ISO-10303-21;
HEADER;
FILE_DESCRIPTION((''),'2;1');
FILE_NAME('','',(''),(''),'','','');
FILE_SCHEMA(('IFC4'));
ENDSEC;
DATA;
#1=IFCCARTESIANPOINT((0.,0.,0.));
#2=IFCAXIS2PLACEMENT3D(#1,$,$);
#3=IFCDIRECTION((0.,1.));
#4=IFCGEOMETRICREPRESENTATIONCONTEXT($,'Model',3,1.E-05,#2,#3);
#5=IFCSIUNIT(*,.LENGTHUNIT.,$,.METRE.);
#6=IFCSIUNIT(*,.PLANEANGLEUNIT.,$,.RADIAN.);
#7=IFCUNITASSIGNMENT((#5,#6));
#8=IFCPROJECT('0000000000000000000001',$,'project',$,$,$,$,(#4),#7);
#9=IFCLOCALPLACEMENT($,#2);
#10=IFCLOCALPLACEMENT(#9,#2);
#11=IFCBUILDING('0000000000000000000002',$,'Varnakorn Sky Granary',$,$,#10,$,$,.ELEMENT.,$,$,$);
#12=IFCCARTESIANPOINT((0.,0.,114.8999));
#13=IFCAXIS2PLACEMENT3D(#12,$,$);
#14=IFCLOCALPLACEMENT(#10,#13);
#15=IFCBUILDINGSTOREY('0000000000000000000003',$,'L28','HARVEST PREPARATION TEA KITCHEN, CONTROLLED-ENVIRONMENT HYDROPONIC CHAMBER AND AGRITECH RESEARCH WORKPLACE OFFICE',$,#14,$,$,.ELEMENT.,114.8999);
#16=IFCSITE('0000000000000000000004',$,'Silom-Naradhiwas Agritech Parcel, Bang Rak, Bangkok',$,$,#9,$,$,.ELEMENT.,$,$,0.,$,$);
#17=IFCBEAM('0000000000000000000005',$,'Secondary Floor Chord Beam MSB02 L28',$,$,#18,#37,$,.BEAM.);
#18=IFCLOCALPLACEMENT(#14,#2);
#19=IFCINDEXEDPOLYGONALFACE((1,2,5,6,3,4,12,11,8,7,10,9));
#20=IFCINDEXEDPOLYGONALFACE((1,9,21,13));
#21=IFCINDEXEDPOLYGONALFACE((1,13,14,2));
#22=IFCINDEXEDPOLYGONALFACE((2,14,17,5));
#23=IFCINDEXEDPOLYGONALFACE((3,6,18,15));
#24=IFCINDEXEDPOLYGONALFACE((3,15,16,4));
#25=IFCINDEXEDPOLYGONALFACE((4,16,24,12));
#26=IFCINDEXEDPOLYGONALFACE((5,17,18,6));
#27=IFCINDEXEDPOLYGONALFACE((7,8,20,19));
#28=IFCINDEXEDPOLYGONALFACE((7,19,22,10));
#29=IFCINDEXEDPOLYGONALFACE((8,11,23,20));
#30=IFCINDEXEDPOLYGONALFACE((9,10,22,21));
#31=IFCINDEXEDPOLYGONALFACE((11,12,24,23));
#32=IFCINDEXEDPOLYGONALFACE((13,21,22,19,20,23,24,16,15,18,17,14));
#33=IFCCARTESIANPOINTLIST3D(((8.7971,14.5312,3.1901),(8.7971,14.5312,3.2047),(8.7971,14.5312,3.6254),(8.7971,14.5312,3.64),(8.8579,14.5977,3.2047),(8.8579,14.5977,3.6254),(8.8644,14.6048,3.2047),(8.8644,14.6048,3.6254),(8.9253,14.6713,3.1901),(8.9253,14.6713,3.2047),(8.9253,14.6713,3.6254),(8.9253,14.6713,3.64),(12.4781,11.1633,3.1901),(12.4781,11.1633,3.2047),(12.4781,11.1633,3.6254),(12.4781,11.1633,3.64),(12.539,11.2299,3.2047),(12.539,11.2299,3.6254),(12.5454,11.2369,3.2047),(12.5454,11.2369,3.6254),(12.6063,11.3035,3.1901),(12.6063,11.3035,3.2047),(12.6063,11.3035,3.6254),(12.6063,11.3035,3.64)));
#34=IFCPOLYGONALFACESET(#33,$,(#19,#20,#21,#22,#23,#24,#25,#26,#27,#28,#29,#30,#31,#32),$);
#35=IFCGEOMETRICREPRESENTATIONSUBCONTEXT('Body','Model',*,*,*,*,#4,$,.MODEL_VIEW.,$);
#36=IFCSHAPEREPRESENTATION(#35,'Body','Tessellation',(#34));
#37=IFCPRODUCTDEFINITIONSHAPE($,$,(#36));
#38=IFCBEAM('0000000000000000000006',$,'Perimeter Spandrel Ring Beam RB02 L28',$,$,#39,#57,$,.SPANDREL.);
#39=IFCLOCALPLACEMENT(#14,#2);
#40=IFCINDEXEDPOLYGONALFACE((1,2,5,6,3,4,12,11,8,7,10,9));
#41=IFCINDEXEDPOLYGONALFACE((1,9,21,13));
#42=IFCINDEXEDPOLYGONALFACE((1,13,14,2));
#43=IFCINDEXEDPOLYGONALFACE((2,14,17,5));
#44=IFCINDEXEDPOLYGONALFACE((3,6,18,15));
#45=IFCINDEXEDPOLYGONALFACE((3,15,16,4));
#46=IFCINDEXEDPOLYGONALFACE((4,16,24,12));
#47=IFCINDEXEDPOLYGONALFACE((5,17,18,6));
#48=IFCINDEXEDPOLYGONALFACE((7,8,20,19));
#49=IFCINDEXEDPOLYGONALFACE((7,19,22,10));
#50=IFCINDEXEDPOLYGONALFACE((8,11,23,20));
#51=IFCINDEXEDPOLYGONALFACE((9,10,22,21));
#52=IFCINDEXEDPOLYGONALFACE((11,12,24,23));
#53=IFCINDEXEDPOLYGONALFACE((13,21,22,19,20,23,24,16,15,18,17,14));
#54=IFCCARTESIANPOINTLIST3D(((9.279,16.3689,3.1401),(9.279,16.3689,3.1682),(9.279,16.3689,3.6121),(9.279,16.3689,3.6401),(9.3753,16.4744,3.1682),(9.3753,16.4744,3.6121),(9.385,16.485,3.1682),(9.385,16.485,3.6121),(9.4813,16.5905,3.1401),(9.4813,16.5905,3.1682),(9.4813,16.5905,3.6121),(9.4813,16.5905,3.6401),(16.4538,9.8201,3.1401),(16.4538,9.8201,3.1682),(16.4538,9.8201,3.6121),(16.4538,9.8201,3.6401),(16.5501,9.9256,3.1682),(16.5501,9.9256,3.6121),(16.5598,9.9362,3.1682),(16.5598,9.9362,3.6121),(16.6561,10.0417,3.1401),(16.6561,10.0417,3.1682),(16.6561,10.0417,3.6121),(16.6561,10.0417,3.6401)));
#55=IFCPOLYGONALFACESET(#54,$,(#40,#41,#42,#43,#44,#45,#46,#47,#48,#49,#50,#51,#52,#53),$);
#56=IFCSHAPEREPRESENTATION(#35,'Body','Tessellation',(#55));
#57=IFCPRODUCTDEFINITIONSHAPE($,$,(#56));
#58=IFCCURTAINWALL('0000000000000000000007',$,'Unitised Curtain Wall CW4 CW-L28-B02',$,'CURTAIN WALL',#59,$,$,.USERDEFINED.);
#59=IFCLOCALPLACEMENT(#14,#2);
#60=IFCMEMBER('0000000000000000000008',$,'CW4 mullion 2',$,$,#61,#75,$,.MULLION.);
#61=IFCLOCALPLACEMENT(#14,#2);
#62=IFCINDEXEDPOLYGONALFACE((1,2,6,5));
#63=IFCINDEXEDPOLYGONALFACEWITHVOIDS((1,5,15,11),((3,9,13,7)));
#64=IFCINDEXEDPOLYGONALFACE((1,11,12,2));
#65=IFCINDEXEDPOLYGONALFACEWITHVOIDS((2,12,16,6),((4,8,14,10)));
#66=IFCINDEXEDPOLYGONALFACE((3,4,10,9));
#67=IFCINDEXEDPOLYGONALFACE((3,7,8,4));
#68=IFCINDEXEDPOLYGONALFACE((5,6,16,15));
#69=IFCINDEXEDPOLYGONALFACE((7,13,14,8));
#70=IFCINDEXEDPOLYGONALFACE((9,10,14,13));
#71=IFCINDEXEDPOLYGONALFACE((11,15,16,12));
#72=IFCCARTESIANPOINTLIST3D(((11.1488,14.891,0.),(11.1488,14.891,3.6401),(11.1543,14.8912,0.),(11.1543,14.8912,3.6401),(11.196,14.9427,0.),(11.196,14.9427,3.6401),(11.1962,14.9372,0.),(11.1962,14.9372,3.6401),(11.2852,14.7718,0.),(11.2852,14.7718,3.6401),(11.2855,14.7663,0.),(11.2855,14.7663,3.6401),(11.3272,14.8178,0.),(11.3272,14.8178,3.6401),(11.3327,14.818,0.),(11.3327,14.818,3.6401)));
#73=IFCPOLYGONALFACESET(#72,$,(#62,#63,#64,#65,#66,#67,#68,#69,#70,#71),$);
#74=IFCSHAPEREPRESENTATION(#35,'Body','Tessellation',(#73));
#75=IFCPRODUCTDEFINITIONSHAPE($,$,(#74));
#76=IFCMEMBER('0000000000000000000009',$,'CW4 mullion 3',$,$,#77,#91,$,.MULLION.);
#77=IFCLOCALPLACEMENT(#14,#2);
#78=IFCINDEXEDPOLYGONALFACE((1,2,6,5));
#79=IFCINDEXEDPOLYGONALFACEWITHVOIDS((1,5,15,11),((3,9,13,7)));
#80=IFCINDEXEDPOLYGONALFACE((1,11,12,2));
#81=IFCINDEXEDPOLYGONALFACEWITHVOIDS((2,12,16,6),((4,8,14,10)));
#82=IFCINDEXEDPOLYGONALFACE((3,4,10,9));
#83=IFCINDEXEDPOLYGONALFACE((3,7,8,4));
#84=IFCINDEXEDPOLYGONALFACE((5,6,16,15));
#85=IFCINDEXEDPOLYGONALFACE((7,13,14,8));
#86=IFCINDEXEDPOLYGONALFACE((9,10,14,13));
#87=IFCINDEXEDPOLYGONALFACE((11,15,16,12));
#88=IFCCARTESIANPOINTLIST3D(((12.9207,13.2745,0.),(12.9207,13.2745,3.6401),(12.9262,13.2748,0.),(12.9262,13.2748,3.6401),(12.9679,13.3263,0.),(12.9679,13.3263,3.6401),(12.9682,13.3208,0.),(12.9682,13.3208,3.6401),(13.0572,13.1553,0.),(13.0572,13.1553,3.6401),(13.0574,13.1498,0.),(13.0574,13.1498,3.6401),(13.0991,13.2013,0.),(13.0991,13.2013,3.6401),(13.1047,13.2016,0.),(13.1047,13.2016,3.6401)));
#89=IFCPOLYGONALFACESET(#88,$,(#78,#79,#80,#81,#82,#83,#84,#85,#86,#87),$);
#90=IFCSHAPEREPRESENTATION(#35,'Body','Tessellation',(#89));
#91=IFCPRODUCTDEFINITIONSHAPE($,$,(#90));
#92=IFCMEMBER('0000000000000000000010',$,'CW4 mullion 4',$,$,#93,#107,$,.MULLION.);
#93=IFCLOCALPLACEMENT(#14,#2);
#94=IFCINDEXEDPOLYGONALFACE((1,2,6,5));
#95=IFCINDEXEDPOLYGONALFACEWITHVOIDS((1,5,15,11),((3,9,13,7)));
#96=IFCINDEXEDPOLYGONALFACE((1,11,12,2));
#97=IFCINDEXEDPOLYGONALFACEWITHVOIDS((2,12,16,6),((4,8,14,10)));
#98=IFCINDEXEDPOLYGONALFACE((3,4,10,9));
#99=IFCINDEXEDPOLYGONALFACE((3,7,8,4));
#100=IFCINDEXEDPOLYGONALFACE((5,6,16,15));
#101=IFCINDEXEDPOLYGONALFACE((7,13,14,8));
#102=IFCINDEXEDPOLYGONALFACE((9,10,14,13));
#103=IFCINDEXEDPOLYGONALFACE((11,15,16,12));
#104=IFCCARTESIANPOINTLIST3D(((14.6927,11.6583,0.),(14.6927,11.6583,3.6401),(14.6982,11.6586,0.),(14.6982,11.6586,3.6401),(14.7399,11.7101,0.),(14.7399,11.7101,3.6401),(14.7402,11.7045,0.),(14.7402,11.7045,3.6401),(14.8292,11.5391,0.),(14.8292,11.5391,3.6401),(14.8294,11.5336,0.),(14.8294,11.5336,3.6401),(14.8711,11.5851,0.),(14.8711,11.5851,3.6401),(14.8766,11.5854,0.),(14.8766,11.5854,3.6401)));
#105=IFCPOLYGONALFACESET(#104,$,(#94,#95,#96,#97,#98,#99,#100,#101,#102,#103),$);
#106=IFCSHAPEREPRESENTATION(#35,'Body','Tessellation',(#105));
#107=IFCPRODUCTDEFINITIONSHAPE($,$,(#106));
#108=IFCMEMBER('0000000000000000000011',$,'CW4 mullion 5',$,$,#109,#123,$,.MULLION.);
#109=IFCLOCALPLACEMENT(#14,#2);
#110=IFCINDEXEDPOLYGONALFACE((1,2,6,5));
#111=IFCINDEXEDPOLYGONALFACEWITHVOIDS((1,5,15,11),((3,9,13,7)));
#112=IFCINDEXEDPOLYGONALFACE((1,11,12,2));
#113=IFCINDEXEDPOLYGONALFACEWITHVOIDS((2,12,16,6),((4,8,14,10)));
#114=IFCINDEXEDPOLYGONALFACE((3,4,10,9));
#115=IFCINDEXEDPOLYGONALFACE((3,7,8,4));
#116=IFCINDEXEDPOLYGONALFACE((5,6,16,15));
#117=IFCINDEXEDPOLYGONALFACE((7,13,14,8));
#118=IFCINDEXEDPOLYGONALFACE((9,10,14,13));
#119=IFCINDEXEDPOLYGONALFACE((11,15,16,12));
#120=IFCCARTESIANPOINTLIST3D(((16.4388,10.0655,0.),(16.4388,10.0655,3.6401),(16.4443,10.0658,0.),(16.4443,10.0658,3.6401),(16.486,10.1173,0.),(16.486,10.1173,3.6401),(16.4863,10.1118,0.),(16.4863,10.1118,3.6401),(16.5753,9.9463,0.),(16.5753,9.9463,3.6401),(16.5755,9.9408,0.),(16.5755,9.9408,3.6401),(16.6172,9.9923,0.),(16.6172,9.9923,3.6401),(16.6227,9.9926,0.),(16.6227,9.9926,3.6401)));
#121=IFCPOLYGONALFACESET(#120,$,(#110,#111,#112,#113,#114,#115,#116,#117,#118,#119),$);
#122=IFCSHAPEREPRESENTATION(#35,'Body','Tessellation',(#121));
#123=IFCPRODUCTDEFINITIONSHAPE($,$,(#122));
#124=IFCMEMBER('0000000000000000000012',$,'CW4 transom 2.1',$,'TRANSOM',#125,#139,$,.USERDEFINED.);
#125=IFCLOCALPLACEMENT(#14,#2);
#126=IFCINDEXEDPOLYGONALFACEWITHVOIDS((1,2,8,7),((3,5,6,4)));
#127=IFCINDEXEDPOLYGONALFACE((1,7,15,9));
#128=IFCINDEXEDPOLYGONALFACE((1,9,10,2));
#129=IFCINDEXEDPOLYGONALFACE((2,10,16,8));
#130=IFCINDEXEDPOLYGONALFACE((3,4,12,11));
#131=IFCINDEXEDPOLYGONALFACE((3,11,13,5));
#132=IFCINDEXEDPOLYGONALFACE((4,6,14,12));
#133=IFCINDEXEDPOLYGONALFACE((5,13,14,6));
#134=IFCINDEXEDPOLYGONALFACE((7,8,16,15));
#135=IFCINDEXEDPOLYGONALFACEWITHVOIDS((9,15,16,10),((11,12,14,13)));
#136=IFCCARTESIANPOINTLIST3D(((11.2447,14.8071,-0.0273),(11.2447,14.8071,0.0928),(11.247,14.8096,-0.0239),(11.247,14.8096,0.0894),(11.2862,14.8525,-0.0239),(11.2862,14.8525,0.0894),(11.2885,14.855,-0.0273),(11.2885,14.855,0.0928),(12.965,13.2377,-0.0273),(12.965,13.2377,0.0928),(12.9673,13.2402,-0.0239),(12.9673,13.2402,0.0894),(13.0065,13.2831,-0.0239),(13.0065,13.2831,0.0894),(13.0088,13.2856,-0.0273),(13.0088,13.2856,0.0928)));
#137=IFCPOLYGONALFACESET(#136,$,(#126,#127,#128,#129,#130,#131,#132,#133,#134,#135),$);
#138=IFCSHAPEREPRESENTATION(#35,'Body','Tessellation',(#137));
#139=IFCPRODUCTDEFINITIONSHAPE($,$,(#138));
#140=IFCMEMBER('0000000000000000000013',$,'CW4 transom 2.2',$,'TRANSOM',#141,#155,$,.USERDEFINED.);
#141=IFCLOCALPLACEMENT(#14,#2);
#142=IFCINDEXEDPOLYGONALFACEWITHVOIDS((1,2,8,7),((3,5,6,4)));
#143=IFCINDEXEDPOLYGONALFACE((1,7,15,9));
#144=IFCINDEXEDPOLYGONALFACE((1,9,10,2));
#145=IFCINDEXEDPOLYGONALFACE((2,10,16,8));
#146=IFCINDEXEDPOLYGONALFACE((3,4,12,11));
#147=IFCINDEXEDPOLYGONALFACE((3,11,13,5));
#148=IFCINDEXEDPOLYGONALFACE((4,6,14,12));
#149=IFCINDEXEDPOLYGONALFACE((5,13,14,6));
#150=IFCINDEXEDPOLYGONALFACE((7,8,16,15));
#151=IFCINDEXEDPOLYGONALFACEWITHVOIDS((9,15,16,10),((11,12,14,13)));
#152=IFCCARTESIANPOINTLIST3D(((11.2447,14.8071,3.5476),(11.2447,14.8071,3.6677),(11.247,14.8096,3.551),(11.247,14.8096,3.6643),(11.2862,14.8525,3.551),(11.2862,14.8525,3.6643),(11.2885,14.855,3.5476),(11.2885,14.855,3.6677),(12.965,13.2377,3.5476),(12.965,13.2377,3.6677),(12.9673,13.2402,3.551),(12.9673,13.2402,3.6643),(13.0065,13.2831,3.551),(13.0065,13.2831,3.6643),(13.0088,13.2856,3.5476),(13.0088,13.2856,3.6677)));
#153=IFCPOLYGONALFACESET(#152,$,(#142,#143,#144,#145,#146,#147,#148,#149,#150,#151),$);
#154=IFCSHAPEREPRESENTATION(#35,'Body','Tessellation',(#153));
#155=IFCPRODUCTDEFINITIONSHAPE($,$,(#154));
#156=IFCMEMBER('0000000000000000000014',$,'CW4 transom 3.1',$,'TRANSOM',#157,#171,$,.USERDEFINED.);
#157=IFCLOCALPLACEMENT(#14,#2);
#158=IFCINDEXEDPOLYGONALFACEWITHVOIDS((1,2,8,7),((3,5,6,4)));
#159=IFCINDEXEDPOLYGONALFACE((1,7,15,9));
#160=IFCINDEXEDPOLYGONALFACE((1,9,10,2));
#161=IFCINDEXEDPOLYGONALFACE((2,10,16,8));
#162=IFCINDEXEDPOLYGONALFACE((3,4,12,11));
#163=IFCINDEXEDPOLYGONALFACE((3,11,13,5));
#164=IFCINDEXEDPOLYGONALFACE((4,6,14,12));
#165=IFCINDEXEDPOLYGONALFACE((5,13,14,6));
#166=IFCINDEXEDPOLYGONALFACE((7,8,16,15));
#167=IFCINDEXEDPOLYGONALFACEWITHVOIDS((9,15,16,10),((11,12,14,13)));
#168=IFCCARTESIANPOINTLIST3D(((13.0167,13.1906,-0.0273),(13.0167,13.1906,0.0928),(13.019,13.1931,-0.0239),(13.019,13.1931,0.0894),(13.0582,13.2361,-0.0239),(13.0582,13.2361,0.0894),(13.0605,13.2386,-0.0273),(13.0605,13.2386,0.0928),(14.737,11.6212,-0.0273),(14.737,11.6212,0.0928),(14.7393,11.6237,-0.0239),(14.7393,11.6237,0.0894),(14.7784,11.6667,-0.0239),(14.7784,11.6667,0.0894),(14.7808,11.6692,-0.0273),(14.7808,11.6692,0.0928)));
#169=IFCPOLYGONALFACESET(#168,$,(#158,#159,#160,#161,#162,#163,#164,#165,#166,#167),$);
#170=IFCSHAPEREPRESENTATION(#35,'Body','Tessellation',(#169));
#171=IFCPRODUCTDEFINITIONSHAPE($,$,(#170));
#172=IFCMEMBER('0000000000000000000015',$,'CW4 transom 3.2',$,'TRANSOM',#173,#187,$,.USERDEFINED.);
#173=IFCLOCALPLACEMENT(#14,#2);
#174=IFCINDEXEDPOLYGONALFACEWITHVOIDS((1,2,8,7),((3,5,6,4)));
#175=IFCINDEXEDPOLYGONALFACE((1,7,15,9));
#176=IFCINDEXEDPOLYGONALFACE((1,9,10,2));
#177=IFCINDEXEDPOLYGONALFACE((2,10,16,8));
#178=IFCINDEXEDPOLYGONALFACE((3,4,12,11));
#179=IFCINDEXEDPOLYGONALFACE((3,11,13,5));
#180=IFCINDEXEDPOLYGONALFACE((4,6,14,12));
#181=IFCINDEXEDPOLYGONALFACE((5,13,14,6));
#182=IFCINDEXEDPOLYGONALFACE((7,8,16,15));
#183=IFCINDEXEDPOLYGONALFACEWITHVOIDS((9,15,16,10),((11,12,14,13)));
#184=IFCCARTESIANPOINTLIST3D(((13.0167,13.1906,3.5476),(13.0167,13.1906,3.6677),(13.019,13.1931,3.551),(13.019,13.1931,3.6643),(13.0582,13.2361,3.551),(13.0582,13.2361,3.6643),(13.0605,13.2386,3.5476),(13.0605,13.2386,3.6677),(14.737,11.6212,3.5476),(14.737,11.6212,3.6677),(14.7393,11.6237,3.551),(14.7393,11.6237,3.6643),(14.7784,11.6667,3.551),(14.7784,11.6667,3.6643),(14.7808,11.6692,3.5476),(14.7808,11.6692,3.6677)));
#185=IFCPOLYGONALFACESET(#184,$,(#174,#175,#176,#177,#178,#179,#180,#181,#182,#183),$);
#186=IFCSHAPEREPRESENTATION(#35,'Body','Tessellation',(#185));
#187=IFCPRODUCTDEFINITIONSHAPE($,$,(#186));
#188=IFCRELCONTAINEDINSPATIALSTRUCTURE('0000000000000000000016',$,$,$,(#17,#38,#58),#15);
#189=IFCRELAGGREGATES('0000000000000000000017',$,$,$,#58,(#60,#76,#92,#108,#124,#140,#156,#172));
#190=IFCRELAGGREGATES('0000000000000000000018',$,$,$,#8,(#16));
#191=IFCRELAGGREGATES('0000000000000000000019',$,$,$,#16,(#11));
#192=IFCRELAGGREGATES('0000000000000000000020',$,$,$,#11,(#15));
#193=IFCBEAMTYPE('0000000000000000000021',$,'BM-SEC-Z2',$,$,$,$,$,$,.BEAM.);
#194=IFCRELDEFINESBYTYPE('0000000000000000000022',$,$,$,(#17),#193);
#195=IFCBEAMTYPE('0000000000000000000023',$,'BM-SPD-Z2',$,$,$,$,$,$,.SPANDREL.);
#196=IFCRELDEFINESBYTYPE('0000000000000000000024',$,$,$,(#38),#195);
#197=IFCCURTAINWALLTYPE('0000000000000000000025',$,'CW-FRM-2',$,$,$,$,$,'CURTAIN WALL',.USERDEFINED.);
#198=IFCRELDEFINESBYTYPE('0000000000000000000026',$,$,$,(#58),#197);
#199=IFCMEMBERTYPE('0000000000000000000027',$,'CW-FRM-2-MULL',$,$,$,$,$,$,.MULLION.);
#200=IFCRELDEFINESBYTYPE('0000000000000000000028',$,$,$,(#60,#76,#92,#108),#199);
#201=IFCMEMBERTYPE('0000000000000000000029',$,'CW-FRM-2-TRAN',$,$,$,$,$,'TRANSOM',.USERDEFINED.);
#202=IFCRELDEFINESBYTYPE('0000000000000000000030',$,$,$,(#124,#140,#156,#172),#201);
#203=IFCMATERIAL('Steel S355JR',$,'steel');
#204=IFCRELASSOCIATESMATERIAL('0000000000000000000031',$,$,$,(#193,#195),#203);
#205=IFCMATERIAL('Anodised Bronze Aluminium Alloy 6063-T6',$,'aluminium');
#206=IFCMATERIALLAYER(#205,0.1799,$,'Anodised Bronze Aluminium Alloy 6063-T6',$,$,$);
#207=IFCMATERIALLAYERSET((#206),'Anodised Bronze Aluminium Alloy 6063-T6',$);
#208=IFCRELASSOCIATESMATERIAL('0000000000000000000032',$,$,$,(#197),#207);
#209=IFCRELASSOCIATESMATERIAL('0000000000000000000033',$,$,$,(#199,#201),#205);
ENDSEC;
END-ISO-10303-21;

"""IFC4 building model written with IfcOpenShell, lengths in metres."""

from ifc_helpers import new_model, si_unit, direction, frame, origin, origin_2d, place, context, subcontext, project, spatial, hollow_rectangle, i_section, extrude, material, layer, layer_set, material_profile, profile_set, type_object, element, aggregate, save


model = new_model("IFC4")

# Units and contexts
model_context = context("Model", 3, precision=1e-05, world=origin(), true_north=direction((0.0, 1.0)))
body_context = subcontext(model_context, "Body", "Model", "MODEL_VIEW")
ifc_project = project(units=[si_unit("LENGTHUNIT", "METRE"), si_unit("PLANEANGLEUNIT", "RADIAN")], contexts=[model_context])

# Site, building, storey
site_placement = place(None, origin())
site = spatial("IfcSite", under=ifc_project, at=site_placement, Name="Silom-Naradhiwas Agritech Parcel, Bang Rak, Bangkok", CompositionType="ELEMENT", RefElevation=0.0)
building_placement = place(site_placement, origin())
building = spatial("IfcBuilding", under=site, at=building_placement, Name="Varnakorn Sky Granary", CompositionType="ELEMENT")
storey_placement = place(building_placement, frame((0.0, 0.0, 114.8999)))
storey = spatial("IfcBuildingStorey", under=building, at=storey_placement, Name="L28", Description="HARVEST PREPARATION TEA KITCHEN, CONTROLLED-ENVIRONMENT HYDROPONIC CHAMBER AND AGRITECH RESEARCH WORKPLACE OFFICE", CompositionType="ELEMENT", Elevation=114.8999)

# Beams
ifc_material_1 = material(Name="Steel S355JR", Category="steel")
ifc_material_profile_1 = material_profile(ifc_material_1, i_section(OverallWidth=0.1899, OverallDepth=0.45, WebThickness=0.0095, FlangeThickness=0.0146, at=origin_2d()), Name="IPE 450")
ifc_profile_set_1 = profile_set([ifc_material_profile_1], Name="Steel S355JR")
beam_type_1 = type_object("IfcBeamType", Name="BM-SEC-Z2", PredefinedType="BEAM", material=ifc_profile_set_1)
beam_1_placement = place(storey_placement, frame((12.5422, 11.2334, 3.415), z_axis=(-0.7378, 0.67502, 0.0), x_axis=(-0.67502, -0.7378, 0.0)))
element("IfcBeam", 1, at=beam_1_placement, inside=storey, type_object=beam_type_1, Name="Secondary Floor Chord Beam MSB02 L28", PredefinedType="BEAM", context=body_context, shape_type="SweptSolid", body=[
    extrude(i_section(OverallWidth=0.1899, OverallDepth=0.45, WebThickness=0.0095, FlangeThickness=0.0146, at=origin_2d()), origin(), (0.0, 0.0, 1.0), 4.9893),
])
ifc_material_profile_2 = material_profile(ifc_material_1, i_section(OverallWidth=0.3, OverallDepth=0.5, WebThickness=0.0144, FlangeThickness=0.0281, at=origin_2d()), Name="HE 500 B")
ifc_profile_set_2 = profile_set([ifc_material_profile_2], Name="Steel S355JR")
beam_type_2 = type_object("IfcBeamType", Name="BM-SPD-Z2", PredefinedType="SPANDREL", material=ifc_profile_set_2)
beam_2_placement = place(storey_placement, frame((16.5549, 9.9309, 3.3901), z_axis=(-0.738592, 0.674153, 0.0), x_axis=(-0.674153, -0.738592, 0.0)))
element("IfcBeam", 2, at=beam_2_placement, inside=storey, type_object=beam_type_2, Name="Perimeter Spandrel Ring Beam RB02 L28", PredefinedType="SPANDREL", context=body_context, shape_type="SweptSolid", body=[
    extrude(i_section(OverallWidth=0.3, OverallDepth=0.5, WebThickness=0.0144, FlangeThickness=0.0281, at=origin_2d()), origin(), (0.0, 0.0, 1.0), 9.7141),
])

# Curtain wall, members
ifc_material_2 = material(Name="Anodised Bronze Aluminium Alloy 6063-T6", Category="aluminium")
ifc_layer_1 = layer(ifc_material_2, 0.1799, Name="Anodised Bronze Aluminium Alloy 6063-T6")
ifc_layer_set_1 = layer_set([ifc_layer_1], Name="Anodised Bronze Aluminium Alloy 6063-T6")
curtain_wall_type = type_object("IfcCurtainWallType", Name="CW-FRM-2", ElementType="CURTAIN WALL", PredefinedType="USERDEFINED", material=ifc_layer_set_1)
curtain_wall_placement = place(storey_placement, origin())
curtain_wall = element("IfcCurtainWall", 3, at=curtain_wall_placement, inside=storey, type_object=curtain_wall_type, Name="Unitised Curtain Wall CW4 CW-L28-B02", ObjectType="CURTAIN WALL", PredefinedType="USERDEFINED")
ifc_material_profile_3 = material_profile(ifc_material_2, hollow_rectangle(XDim=0.0701, YDim=0.1851, WallThickness=0.0039, at=origin_2d()), Name="ALU MULL 70x185")
ifc_profile_set_3 = profile_set([ifc_material_profile_3], Name="Anodised Bronze Aluminium Alloy 6063-T6")
member_type_1 = type_object("IfcMemberType", Name="CW-FRM-2-MULL", PredefinedType="MULLION", material=ifc_profile_set_3)
member_1_placement = place(storey_placement, frame((11.2407, 14.8545, 0.0), z_axis=(0.0, 0.0, 1.0), x_axis=(0.673925, 0.7388, 0.0)))
member_1 = element("IfcMember", 4, at=member_1_placement, type_object=member_type_1, Name="CW4 mullion 2", PredefinedType="MULLION", context=body_context, shape_type="SweptSolid", body=[
    extrude(hollow_rectangle(XDim=0.0701, YDim=0.1851, WallThickness=0.0039, at=origin_2d()), origin(), (0.0, 0.0, 1.0), 3.6401),
])
member_2_placement = place(storey_placement, frame((13.0127, 13.238, 0.0), z_axis=(0.0, 0.0, 1.0), x_axis=(0.673925, 0.7388, 0.0)))
member_2 = element("IfcMember", 5, at=member_2_placement, type_object=member_type_1, Name="CW4 mullion 3", PredefinedType="MULLION", context=body_context, shape_type="SweptSolid", body=[
    extrude(hollow_rectangle(XDim=0.0701, YDim=0.1851, WallThickness=0.0039, at=origin_2d()), origin(), (0.0, 0.0, 1.0), 3.6401),
])
member_3_placement = place(storey_placement, frame((14.7847, 11.6218, 0.0), z_axis=(0.0, 0.0, 1.0), x_axis=(0.673925, 0.7388, 0.0)))
member_3 = element("IfcMember", 6, at=member_3_placement, type_object=member_type_1, Name="CW4 mullion 4", PredefinedType="MULLION", context=body_context, shape_type="SweptSolid", body=[
    extrude(hollow_rectangle(XDim=0.0701, YDim=0.1851, WallThickness=0.0039, at=origin_2d()), origin(), (0.0, 0.0, 1.0), 3.6401),
])
member_4_placement = place(storey_placement, frame((16.5308, 10.0291, 0.0), z_axis=(0.0, 0.0, 1.0), x_axis=(0.673925, 0.7388, 0.0)))
member_4 = element("IfcMember", 7, at=member_4_placement, type_object=member_type_1, Name="CW4 mullion 5", PredefinedType="MULLION", context=body_context, shape_type="SweptSolid", body=[
    extrude(hollow_rectangle(XDim=0.0701, YDim=0.1851, WallThickness=0.0039, at=origin_2d()), origin(), (0.0, 0.0, 1.0), 3.6401),
])
ifc_material_profile_4 = material_profile(ifc_material_2, hollow_rectangle(XDim=0.0649, YDim=0.1201, WallThickness=0.0034, at=origin_2d()), Name="ALU TRAN 65x120")
ifc_profile_set_4 = profile_set([ifc_material_profile_4], Name="Anodised Bronze Aluminium Alloy 6063-T6")
member_type_2 = type_object("IfcMemberType", Name="CW-FRM-2-TRAN", ElementType="TRANSOM", PredefinedType="USERDEFINED", material=ifc_profile_set_4)
member_5_placement = place(storey_placement, frame((11.2666, 14.8311, 0.0327), z_axis=(0.738762, -0.673966, 0.0), x_axis=(0.673966, 0.738762, 0.0)))
member_5 = element("IfcMember", 8, at=member_5_placement, type_object=member_type_2, Name="CW4 transom 2.1", ObjectType="TRANSOM", PredefinedType="USERDEFINED", context=body_context, shape_type="SweptSolid", body=[
    extrude(hollow_rectangle(XDim=0.0649, YDim=0.1201, WallThickness=0.0034, at=origin_2d()), origin(), (0.0, 0.0, 1.0), 2.3286),
])
member_6_placement = place(storey_placement, frame((11.2666, 14.8311, 3.6077), z_axis=(0.738762, -0.673966, 0.0), x_axis=(0.673966, 0.738762, 0.0)))
member_6 = element("IfcMember", 9, at=member_6_placement, type_object=member_type_2, Name="CW4 transom 2.2", ObjectType="TRANSOM", PredefinedType="USERDEFINED", context=body_context, shape_type="SweptSolid", body=[
    extrude(hollow_rectangle(XDim=0.0649, YDim=0.1201, WallThickness=0.0034, at=origin_2d()), origin(), (0.0, 0.0, 1.0), 2.3286),
])
member_7_placement = place(storey_placement, frame((13.0386, 13.2146, 0.0327), z_axis=(0.738762, -0.673966, 0.0), x_axis=(0.673966, 0.738762, 0.0)))
member_7 = element("IfcMember", 10, at=member_7_placement, type_object=member_type_2, Name="CW4 transom 3.1", ObjectType="TRANSOM", PredefinedType="USERDEFINED", context=body_context, shape_type="SweptSolid", body=[
    extrude(hollow_rectangle(XDim=0.0649, YDim=0.1201, WallThickness=0.0034, at=origin_2d()), origin(), (0.0, 0.0, 1.0), 2.3286),
])
member_8_placement = place(storey_placement, frame((13.0386, 13.2146, 3.6077), z_axis=(0.738762, -0.673966, 0.0), x_axis=(0.673966, 0.738762, 0.0)))
member_8 = element("IfcMember", 11, at=member_8_placement, type_object=member_type_2, Name="CW4 transom 3.2", ObjectType="TRANSOM", PredefinedType="USERDEFINED", context=body_context, shape_type="SweptSolid", body=[
    extrude(hollow_rectangle(XDim=0.0649, YDim=0.1201, WallThickness=0.0034, at=origin_2d()), origin(), (0.0, 0.0, 1.0), 2.3286),
])

aggregate(curtain_wall, [member_1, member_2, member_3, member_4, member_5, member_6, member_7, member_8])

save(model, "model.ifc")
